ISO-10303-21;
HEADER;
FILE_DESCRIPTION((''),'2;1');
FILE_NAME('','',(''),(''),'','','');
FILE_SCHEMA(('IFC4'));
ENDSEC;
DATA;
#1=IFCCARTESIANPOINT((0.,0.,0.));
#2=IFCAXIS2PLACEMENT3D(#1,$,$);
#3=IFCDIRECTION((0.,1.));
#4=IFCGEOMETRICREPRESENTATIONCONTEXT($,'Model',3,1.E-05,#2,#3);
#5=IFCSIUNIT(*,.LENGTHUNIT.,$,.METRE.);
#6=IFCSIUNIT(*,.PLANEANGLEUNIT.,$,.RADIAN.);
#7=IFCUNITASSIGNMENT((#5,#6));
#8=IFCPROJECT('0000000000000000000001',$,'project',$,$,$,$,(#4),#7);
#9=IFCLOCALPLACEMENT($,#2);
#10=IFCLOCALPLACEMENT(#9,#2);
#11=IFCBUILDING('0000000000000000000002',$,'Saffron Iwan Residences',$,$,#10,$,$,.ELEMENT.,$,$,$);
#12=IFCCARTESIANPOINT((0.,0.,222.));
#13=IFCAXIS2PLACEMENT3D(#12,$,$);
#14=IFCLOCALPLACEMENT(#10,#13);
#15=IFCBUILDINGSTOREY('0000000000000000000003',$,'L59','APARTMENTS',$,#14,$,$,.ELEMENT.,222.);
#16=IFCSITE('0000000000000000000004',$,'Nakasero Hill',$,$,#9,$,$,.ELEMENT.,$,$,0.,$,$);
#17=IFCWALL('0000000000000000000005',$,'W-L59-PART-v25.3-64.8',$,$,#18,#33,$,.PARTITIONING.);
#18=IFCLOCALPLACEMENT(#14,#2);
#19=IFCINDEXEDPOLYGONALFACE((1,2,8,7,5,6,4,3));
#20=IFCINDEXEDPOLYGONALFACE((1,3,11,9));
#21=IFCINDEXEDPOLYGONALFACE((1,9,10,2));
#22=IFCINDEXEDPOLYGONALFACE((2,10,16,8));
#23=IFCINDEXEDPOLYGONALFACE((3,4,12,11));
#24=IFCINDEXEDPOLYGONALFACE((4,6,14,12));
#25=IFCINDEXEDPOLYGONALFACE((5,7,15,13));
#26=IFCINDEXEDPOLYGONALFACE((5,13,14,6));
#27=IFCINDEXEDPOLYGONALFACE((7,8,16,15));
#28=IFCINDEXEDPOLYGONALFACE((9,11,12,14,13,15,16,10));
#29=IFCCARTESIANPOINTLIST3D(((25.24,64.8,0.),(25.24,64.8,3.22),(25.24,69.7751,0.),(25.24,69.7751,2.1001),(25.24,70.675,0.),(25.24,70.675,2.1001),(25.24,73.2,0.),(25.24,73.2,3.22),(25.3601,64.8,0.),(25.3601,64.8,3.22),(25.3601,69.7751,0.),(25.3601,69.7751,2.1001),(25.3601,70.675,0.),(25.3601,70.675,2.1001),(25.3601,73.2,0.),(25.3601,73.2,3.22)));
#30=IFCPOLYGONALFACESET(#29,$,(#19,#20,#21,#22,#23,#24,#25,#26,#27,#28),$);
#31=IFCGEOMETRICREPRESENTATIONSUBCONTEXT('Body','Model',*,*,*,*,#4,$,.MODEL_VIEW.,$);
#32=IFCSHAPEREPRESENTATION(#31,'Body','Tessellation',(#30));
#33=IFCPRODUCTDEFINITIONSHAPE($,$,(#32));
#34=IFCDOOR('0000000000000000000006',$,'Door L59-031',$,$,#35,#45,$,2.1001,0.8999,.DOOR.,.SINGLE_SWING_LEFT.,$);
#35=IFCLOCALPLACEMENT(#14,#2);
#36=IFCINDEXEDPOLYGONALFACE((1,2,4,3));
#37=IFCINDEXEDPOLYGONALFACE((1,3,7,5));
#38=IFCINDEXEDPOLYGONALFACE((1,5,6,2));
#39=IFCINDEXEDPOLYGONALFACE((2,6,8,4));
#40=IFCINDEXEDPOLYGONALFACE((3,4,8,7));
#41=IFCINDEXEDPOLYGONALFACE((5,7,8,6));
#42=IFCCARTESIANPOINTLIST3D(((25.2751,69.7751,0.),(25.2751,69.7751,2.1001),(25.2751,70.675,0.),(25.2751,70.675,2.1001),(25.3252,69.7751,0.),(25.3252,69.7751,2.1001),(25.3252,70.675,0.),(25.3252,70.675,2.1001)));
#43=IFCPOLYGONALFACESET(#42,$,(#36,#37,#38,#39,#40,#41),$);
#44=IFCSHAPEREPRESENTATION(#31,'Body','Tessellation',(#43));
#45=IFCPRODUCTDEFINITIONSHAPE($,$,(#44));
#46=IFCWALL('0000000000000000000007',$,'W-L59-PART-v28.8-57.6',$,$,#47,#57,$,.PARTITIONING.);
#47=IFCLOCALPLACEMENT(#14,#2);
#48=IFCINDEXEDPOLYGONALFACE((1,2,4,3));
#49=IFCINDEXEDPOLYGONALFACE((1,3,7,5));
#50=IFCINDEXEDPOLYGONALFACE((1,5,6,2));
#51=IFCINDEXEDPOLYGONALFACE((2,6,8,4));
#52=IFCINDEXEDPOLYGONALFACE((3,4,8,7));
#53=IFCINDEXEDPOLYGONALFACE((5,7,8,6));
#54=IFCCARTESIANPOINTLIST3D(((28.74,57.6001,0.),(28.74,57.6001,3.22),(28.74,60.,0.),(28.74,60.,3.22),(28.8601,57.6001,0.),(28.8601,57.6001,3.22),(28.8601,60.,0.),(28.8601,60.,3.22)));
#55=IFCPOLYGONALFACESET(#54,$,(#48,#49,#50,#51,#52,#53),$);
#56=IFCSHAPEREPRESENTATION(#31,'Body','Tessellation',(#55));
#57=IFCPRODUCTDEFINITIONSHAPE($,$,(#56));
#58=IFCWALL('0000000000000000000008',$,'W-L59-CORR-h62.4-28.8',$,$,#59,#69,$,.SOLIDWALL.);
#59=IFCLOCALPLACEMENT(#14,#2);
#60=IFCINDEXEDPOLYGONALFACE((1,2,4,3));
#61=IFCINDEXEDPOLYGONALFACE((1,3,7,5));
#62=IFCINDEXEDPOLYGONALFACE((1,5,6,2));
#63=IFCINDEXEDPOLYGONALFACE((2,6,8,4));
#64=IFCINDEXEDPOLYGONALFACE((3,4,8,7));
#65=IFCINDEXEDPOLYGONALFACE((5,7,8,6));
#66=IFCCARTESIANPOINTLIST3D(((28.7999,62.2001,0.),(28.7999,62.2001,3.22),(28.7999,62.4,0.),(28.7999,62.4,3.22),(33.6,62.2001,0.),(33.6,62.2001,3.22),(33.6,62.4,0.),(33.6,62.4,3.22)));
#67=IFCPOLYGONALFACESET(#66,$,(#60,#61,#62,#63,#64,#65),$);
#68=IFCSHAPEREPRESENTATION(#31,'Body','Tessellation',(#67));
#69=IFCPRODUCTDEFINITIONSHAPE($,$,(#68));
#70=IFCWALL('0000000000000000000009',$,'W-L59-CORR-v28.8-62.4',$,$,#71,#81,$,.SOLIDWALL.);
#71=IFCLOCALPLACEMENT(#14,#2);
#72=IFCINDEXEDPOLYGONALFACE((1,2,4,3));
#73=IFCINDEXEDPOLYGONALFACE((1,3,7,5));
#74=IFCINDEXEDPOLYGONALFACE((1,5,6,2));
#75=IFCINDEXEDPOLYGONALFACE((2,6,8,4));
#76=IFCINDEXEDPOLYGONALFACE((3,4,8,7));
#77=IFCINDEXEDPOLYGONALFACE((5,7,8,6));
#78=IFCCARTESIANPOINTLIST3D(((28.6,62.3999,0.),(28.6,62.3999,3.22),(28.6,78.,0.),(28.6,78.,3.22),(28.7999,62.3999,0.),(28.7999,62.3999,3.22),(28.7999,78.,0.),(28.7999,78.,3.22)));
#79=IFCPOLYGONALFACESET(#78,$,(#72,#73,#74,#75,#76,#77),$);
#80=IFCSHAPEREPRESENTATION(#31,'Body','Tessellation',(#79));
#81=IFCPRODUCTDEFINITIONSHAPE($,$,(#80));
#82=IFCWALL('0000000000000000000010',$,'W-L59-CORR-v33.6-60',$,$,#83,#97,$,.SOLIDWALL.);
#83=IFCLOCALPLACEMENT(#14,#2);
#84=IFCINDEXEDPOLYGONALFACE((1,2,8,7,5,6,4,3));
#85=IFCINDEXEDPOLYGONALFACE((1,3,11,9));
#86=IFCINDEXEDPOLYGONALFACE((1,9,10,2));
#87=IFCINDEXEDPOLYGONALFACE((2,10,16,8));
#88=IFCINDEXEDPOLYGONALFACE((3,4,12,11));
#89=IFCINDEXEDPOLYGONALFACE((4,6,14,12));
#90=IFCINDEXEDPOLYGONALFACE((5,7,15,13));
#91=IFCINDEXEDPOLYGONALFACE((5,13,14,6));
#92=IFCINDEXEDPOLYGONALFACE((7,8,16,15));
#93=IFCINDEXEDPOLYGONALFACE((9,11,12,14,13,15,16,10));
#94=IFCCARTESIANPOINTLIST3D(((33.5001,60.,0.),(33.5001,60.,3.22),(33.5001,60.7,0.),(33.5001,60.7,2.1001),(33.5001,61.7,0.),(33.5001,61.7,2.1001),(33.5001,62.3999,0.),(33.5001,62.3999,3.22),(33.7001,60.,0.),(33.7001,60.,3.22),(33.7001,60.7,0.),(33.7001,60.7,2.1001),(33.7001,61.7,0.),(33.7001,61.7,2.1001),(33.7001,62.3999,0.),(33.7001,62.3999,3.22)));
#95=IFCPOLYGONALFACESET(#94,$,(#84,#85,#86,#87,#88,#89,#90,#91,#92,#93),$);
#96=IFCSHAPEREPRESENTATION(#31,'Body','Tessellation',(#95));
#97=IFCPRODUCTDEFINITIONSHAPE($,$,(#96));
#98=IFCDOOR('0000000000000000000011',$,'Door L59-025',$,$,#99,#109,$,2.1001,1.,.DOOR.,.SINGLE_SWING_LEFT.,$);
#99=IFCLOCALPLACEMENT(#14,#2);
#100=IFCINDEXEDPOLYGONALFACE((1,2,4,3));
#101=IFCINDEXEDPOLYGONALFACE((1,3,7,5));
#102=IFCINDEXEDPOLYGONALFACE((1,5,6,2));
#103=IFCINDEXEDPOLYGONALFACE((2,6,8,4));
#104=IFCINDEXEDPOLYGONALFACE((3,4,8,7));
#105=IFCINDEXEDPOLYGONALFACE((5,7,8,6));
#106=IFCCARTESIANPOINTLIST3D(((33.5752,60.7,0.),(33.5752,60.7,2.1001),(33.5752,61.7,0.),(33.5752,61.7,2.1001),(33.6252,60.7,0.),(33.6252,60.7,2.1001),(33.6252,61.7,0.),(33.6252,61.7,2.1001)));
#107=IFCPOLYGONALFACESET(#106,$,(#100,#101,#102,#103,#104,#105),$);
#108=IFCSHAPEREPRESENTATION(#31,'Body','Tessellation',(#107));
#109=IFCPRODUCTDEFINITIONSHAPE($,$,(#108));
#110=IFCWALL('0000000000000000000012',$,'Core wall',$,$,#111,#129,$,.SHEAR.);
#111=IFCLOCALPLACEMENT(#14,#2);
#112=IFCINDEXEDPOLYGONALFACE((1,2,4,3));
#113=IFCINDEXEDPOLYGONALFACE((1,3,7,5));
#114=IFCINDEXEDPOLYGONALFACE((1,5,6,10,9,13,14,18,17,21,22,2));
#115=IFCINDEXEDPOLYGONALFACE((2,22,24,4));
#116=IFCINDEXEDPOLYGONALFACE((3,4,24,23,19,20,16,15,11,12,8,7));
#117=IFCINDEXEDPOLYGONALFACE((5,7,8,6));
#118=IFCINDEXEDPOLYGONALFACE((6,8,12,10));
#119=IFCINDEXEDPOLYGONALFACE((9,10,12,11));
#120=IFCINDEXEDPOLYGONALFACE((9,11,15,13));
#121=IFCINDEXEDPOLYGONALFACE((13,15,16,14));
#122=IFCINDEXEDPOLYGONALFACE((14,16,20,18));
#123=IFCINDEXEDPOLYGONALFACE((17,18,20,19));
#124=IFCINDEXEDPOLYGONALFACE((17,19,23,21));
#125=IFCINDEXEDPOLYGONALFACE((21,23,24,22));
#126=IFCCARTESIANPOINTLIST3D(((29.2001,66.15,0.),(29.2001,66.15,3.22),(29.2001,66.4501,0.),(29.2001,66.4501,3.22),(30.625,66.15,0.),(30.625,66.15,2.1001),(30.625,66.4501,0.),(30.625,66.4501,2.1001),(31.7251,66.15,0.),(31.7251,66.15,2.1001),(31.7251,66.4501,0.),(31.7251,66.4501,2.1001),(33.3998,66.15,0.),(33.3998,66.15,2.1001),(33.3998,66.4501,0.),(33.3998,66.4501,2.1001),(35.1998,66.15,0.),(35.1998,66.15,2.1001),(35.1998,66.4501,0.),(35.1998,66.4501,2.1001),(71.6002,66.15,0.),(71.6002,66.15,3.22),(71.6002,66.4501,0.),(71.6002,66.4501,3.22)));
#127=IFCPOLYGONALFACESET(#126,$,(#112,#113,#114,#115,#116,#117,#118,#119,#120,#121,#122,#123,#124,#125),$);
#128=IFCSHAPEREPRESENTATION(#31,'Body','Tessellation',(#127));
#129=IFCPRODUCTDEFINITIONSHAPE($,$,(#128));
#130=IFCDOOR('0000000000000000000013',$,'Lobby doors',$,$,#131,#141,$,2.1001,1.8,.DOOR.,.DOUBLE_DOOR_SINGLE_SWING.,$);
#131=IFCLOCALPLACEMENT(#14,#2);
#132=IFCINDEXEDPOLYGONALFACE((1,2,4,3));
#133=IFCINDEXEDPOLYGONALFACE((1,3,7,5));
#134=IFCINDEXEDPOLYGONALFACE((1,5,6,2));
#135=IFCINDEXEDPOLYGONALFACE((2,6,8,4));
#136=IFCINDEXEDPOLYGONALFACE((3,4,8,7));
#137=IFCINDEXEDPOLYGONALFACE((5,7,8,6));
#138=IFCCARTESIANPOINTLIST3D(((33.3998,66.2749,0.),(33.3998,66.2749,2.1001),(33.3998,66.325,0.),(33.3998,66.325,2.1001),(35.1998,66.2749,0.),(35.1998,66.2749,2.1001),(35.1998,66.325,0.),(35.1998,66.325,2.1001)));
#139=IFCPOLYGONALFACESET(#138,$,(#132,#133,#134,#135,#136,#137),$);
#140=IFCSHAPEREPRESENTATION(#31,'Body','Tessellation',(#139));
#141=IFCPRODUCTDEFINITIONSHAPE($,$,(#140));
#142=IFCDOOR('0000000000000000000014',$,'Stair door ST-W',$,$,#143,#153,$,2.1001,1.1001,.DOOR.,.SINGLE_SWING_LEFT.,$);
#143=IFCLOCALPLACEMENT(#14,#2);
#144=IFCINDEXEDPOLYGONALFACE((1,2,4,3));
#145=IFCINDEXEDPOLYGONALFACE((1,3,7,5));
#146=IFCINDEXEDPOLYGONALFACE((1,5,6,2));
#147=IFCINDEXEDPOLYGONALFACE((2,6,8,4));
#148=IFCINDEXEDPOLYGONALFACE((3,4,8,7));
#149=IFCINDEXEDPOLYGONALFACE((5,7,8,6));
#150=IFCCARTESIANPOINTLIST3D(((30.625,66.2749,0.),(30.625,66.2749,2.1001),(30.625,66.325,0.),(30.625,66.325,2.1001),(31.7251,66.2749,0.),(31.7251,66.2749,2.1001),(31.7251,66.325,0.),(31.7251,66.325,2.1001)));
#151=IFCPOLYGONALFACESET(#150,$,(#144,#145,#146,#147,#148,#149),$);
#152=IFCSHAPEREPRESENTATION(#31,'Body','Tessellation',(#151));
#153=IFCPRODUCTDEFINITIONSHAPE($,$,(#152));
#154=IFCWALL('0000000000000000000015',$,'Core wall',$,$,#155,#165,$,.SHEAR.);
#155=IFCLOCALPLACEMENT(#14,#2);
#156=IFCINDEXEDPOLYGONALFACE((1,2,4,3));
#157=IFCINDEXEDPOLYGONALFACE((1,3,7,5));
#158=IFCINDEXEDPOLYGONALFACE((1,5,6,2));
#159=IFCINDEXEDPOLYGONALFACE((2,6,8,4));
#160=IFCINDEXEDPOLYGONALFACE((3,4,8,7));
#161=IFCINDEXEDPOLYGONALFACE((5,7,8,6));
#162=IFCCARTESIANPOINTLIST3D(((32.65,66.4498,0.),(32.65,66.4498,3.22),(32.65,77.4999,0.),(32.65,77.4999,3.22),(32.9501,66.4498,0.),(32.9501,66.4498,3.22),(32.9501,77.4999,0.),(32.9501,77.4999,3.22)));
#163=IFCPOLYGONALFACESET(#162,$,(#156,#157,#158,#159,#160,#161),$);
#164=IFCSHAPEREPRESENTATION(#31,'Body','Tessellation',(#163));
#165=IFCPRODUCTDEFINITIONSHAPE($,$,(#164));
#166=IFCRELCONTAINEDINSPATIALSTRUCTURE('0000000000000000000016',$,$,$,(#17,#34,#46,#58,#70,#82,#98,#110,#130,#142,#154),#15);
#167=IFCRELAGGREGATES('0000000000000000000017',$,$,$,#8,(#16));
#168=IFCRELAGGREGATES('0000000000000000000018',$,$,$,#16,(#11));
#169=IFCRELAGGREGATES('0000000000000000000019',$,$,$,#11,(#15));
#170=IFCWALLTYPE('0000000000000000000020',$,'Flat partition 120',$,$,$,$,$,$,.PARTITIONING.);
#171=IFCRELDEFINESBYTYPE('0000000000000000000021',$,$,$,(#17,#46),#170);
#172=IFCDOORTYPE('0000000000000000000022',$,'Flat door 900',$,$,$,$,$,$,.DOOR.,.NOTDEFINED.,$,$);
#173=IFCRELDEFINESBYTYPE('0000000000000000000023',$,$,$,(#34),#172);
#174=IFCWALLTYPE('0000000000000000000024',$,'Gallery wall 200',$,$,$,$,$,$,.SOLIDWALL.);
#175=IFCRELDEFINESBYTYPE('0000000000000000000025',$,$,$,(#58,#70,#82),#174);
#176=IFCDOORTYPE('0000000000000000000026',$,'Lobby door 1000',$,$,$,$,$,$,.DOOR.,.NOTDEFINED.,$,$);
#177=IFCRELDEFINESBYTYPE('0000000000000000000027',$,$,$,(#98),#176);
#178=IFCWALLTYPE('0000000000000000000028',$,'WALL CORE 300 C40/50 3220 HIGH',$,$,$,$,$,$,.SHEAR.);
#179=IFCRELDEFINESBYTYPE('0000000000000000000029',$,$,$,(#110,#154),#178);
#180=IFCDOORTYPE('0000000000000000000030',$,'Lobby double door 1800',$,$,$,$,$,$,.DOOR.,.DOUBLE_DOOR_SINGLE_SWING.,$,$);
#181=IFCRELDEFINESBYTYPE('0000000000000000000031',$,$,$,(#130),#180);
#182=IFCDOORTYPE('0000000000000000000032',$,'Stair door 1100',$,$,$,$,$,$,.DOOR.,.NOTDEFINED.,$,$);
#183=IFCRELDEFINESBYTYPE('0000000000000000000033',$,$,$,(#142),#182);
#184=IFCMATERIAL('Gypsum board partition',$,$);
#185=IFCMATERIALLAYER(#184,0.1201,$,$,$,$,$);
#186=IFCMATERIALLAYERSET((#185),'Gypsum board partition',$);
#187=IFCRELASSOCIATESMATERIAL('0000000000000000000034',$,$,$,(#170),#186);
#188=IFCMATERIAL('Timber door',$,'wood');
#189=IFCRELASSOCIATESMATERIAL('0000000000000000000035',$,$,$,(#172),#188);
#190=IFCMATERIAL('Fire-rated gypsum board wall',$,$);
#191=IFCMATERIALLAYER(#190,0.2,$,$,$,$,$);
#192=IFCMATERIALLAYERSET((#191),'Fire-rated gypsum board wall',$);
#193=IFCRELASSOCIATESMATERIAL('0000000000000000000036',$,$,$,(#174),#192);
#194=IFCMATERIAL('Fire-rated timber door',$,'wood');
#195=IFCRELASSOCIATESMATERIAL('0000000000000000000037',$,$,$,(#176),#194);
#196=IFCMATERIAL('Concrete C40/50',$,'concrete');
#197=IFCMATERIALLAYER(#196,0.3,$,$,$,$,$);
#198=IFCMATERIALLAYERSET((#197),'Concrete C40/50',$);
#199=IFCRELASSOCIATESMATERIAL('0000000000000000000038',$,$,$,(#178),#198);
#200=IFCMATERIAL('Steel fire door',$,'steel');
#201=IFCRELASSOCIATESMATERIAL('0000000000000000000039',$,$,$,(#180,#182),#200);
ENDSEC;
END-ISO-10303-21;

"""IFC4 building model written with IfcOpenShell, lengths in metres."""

from ifc_helpers import new_model, si_unit, direction, frame, frame_2d, origin, place, context, subcontext, project, spatial, rectangle, extrude, material, layer, layer_set, type_object, element, fill, save


model = new_model("IFC4")

# Units and contexts
model_context = context("Model", 3, precision=1e-05, world=origin(), true_north=direction((0.0, 1.0)))
body_context = subcontext(model_context, "Body", "Model", "MODEL_VIEW")
ifc_project = project(units=[si_unit("LENGTHUNIT", "METRE"), si_unit("PLANEANGLEUNIT", "RADIAN")], contexts=[model_context])

# Site, building, storey
site_placement = place(None, origin())
site = spatial("IfcSite", under=ifc_project, at=site_placement, Name="Nakasero Hill", CompositionType="ELEMENT", RefElevation=0.0)
building_placement = place(site_placement, origin())
building = spatial("IfcBuilding", under=site, at=building_placement, Name="Saffron Iwan Residences", CompositionType="ELEMENT")
storey_placement = place(building_placement, frame((0.0, 0.0, 222.0)))
storey = spatial("IfcBuildingStorey", under=building, at=storey_placement, Name="L59", Description="APARTMENTS", CompositionType="ELEMENT", Elevation=222.0)

# Shared definitions
ifc_material_1 = material(Name="Concrete C40/50", Category="concrete")

# Shared definitions
ifc_material_2 = material(Name="Steel fire door", Category="steel")

# Shared definitions
ifc_material_3 = material(Name="Fire-rated gypsum board wall")

# Shared definitions
ifc_material_4 = material(Name="Gypsum board partition")
ifc_layer_1 = layer(ifc_material_4, 0.1201)
ifc_layer_set_1 = layer_set([ifc_layer_1], Name="Gypsum board partition")
wall_type_1 = type_object("IfcWallType", Name="Flat partition 120", PredefinedType="PARTITIONING", material=ifc_layer_set_1)
ifc_material_5 = material(Name="Timber door", Category="wood")
door_type_1 = type_object("IfcDoorType", Name="Flat door 900", OperationType="NOTDEFINED", PredefinedType="DOOR", material=ifc_material_5)

# Wall, opening, door
wall_1_placement = place(storey_placement, frame((25.3, 64.8, 0.0), z_axis=(0.0, 0.0, 1.0), x_axis=(0.0, 1.0, 0.0)))
wall_1 = element("IfcWall", 1, at=wall_1_placement, inside=storey, type_object=wall_type_1, Name="W-L59-PART-v25.3-64.8", PredefinedType="PARTITIONING", context=body_context, shape_type="SweptSolid", body=[
    extrude(rectangle(XDim=8.3999, YDim=0.1201, at=frame_2d((4.2, 0.0))), origin(), (0.0, 0.0, 1.0), 3.22),
])
opening_1_placement = place(wall_1_placement, frame((4.9751, 0.0, 0.0)))
opening_1 = element("IfcOpeningElement", 2, at=opening_1_placement, cuts=wall_1, PredefinedType="OPENING", context=body_context, shape_type="SweptSolid", body=[
    extrude(rectangle(XDim=0.8999, YDim=2.1001, at=frame_2d((0.45, 1.05))), frame((0.0, 0.0701, 0.0), z_axis=(0.0, -1.0, 0.0), x_axis=(1.0, 0.0, 0.0)), (0.0, 0.0, 1.0), 0.1401),
])
door_1_placement = place(opening_1_placement, origin())
door_1 = element("IfcDoor", 3, at=door_1_placement, inside=storey, type_object=door_type_1, Name="Door L59-031", OperationType="SINGLE_SWING_LEFT", OverallHeight=2.1001, OverallWidth=0.8999, PredefinedType="DOOR", context=body_context, shape_type="SweptSolid", body=[
    extrude(rectangle(XDim=0.8999, YDim=2.1001, at=frame_2d((0.45, 1.05))), frame((0.0, 0.0249, 0.0), z_axis=(0.0, -1.0, 0.0), x_axis=(1.0, 0.0, 0.0)), (0.0, 0.0, 1.0), 0.05),
])
fill(opening_1, door_1)

# Walls
wall_2_placement = place(storey_placement, frame((28.8, 57.6001, 0.0), z_axis=(0.0, 0.0, 1.0), x_axis=(0.0, 1.0, 0.0)))
element("IfcWall", 4, at=wall_2_placement, inside=storey, type_object=wall_type_1, Name="W-L59-PART-v28.8-57.6", PredefinedType="PARTITIONING", context=body_context, shape_type="SweptSolid", body=[
    extrude(rectangle(XDim=2.3999, YDim=0.1201, at=frame_2d((1.2, 0.0))), origin(), (0.0, 0.0, 1.0), 3.22),
])
ifc_layer_2 = layer(ifc_material_3, 0.2)
ifc_layer_set_2 = layer_set([ifc_layer_2], Name="Fire-rated gypsum board wall")
wall_type_2 = type_object("IfcWallType", Name="Gallery wall 200", PredefinedType="SOLIDWALL", material=ifc_layer_set_2)
wall_3_placement = place(storey_placement, frame((28.8, 62.3, 0.0), z_axis=(0.0, 0.0, 1.0), x_axis=(1.0, 0.0, 0.0)))
element("IfcWall", 5, at=wall_3_placement, inside=storey, type_object=wall_type_2, Name="W-L59-CORR-h62.4-28.8", PredefinedType="SOLIDWALL", context=body_context, shape_type="SweptSolid", body=[
    extrude(rectangle(XDim=4.8, YDim=0.2, at=frame_2d((2.3999, 0.0))), origin(), (0.0, 0.0, 1.0), 3.22),
])
wall_4_placement = place(storey_placement, frame((28.7, 62.3999, 0.0), z_axis=(0.0, 0.0, 1.0), x_axis=(0.0, 1.0, 0.0)))
element("IfcWall", 6, at=wall_4_placement, inside=storey, type_object=wall_type_2, Name="W-L59-CORR-v28.8-62.4", PredefinedType="SOLIDWALL", context=body_context, shape_type="SweptSolid", body=[
    extrude(rectangle(XDim=15.6001, YDim=0.2, at=frame_2d((7.8, 0.0))), origin(), (0.0, 0.0, 1.0), 3.22),
])

# Wall, opening, door
wall_5_placement = place(storey_placement, frame((33.6001, 60.0, 0.0), z_axis=(0.0, 0.0, 1.0), x_axis=(0.0, 1.0, 0.0)))
wall_5 = element("IfcWall", 7, at=wall_5_placement, inside=storey, type_object=wall_type_2, Name="W-L59-CORR-v33.6-60", PredefinedType="SOLIDWALL", context=body_context, shape_type="SweptSolid", body=[
    extrude(rectangle(XDim=2.3999, YDim=0.2, at=frame_2d((1.2, 0.0))), origin(), (0.0, 0.0, 1.0), 3.22),
])
opening_2_placement = place(wall_5_placement, frame((0.7, 0.0, 0.0)))
opening_2 = element("IfcOpeningElement", 8, at=opening_2_placement, cuts=wall_5, PredefinedType="OPENING", context=body_context, shape_type="SweptSolid", body=[
    extrude(rectangle(XDim=1.0, YDim=2.1001, at=frame_2d((0.5, 1.05))), frame((0.0, 0.1099, 0.0), z_axis=(0.0, -1.0, 0.0), x_axis=(1.0, 0.0, 0.0)), (0.0, 0.0, 1.0), 0.22),
])
ifc_material_6 = material(Name="Fire-rated timber door", Category="wood")
door_type_2 = type_object("IfcDoorType", Name="Lobby door 1000", OperationType="NOTDEFINED", PredefinedType="DOOR", material=ifc_material_6)
door_2_placement = place(opening_2_placement, origin())
door_2 = element("IfcDoor", 9, at=door_2_placement, inside=storey, type_object=door_type_2, Name="Door L59-025", OperationType="SINGLE_SWING_LEFT", OverallHeight=2.1001, OverallWidth=1.0, PredefinedType="DOOR", context=body_context, shape_type="SweptSolid", body=[
    extrude(rectangle(XDim=1.0, YDim=2.1001, at=frame_2d((0.5, 1.05))), frame((0.0, 0.0249, 0.0), z_axis=(0.0, -1.0, 0.0), x_axis=(1.0, 0.0, 0.0)), (0.0, 0.0, 1.0), 0.05),
])
fill(opening_2, door_2)

# Wall, openings, doors
ifc_layer_3 = layer(ifc_material_1, 0.3)
ifc_layer_set_3 = layer_set([ifc_layer_3], Name="Concrete C40/50")
wall_type_3 = type_object("IfcWallType", Name="WALL CORE 300 C40/50 3220 HIGH", PredefinedType="SHEAR", material=ifc_layer_set_3)
wall_6_placement = place(storey_placement, frame((29.2, 66.3, 0.0), z_axis=(0.0, 0.0, 1.0), x_axis=(1.0, 0.0, 0.0)))
wall_6 = element("IfcWall", 10, at=wall_6_placement, inside=storey, type_object=wall_type_3, Name="Core wall", PredefinedType="SHEAR", context=body_context, shape_type="SweptSolid", body=[
    extrude(rectangle(XDim=42.4001, YDim=0.3, at=frame_2d((21.2002, 0.0))), origin(), (0.0, 0.0, 1.0), 3.22),
])
opening_3_placement = place(wall_6_placement, frame((1.425, 0.0, 0.0)))
opening_3 = element("IfcOpeningElement", 11, at=opening_3_placement, cuts=wall_6, PredefinedType="OPENING", context=body_context, shape_type="SweptSolid", body=[
    extrude(rectangle(XDim=1.1001, YDim=2.1001, at=frame_2d((0.55, 1.05))), frame((0.0, 0.1602, 0.0), z_axis=(0.0, -1.0, 0.0), x_axis=(1.0, 0.0, 0.0)), (0.0, 0.0, 1.0), 0.3201),
])
opening_4_placement = place(wall_6_placement, frame((4.2, 0.0, 0.0)))
opening_4 = element("IfcOpeningElement", 12, at=opening_4_placement, cuts=wall_6, PredefinedType="OPENING", context=body_context, shape_type="SweptSolid", body=[
    extrude(rectangle(XDim=1.8, YDim=2.1001, at=frame_2d((0.8999, 1.05))), frame((0.0, 0.1602, 0.0), z_axis=(0.0, -1.0, 0.0), x_axis=(1.0, 0.0, 0.0)), (0.0, 0.0, 1.0), 0.3201),
])
door_type_3 = type_object("IfcDoorType", Name="Lobby double door 1800", OperationType="DOUBLE_DOOR_SINGLE_SWING", PredefinedType="DOOR", material=ifc_material_2)
door_3_placement = place(opening_4_placement, origin())
door_3 = element("IfcDoor", 13, at=door_3_placement, inside=storey, type_object=door_type_3, Name="Lobby doors", OperationType="DOUBLE_DOOR_SINGLE_SWING", OverallHeight=2.1001, OverallWidth=1.8, PredefinedType="DOOR", context=body_context, shape_type="SweptSolid", body=[
    extrude(rectangle(XDim=1.8, YDim=2.1001, at=frame_2d((0.8999, 1.05))), frame((0.0, 0.0249, 0.0), z_axis=(0.0, -1.0, 0.0), x_axis=(1.0, 0.0, 0.0)), (0.0, 0.0, 1.0), 0.05),
])
fill(opening_4, door_3)
door_type_4 = type_object("IfcDoorType", Name="Stair door 1100", OperationType="NOTDEFINED", PredefinedType="DOOR", material=ifc_material_2)
door_4_placement = place(opening_3_placement, origin())
door_4 = element("IfcDoor", 14, at=door_4_placement, inside=storey, type_object=door_type_4, Name="Stair door ST-W", OperationType="SINGLE_SWING_LEFT", OverallHeight=2.1001, OverallWidth=1.1001, PredefinedType="DOOR", context=body_context, shape_type="SweptSolid", body=[
    extrude(rectangle(XDim=1.1001, YDim=2.1001, at=frame_2d((0.55, 1.05))), frame((0.0, 0.0249, 0.0), z_axis=(0.0, -1.0, 0.0), x_axis=(1.0, 0.0, 0.0)), (0.0, 0.0, 1.0), 0.05),
])
fill(opening_3, door_4)

# Wall
wall_7_placement = place(storey_placement, frame((32.8, 66.45, 0.0), z_axis=(0.0, 0.0, 1.0), x_axis=(0.0, 1.0, 0.0)))
element("IfcWall", 15, at=wall_7_placement, inside=storey, type_object=wall_type_3, Name="Core wall", PredefinedType="SHEAR", context=body_context, shape_type="SweptSolid", body=[
    extrude(rectangle(XDim=11.05, YDim=0.3, at=frame_2d((5.5249, 0.0))), origin(), (0.0, 0.0, 1.0), 3.22),
])

save(model, "model.ifc")
